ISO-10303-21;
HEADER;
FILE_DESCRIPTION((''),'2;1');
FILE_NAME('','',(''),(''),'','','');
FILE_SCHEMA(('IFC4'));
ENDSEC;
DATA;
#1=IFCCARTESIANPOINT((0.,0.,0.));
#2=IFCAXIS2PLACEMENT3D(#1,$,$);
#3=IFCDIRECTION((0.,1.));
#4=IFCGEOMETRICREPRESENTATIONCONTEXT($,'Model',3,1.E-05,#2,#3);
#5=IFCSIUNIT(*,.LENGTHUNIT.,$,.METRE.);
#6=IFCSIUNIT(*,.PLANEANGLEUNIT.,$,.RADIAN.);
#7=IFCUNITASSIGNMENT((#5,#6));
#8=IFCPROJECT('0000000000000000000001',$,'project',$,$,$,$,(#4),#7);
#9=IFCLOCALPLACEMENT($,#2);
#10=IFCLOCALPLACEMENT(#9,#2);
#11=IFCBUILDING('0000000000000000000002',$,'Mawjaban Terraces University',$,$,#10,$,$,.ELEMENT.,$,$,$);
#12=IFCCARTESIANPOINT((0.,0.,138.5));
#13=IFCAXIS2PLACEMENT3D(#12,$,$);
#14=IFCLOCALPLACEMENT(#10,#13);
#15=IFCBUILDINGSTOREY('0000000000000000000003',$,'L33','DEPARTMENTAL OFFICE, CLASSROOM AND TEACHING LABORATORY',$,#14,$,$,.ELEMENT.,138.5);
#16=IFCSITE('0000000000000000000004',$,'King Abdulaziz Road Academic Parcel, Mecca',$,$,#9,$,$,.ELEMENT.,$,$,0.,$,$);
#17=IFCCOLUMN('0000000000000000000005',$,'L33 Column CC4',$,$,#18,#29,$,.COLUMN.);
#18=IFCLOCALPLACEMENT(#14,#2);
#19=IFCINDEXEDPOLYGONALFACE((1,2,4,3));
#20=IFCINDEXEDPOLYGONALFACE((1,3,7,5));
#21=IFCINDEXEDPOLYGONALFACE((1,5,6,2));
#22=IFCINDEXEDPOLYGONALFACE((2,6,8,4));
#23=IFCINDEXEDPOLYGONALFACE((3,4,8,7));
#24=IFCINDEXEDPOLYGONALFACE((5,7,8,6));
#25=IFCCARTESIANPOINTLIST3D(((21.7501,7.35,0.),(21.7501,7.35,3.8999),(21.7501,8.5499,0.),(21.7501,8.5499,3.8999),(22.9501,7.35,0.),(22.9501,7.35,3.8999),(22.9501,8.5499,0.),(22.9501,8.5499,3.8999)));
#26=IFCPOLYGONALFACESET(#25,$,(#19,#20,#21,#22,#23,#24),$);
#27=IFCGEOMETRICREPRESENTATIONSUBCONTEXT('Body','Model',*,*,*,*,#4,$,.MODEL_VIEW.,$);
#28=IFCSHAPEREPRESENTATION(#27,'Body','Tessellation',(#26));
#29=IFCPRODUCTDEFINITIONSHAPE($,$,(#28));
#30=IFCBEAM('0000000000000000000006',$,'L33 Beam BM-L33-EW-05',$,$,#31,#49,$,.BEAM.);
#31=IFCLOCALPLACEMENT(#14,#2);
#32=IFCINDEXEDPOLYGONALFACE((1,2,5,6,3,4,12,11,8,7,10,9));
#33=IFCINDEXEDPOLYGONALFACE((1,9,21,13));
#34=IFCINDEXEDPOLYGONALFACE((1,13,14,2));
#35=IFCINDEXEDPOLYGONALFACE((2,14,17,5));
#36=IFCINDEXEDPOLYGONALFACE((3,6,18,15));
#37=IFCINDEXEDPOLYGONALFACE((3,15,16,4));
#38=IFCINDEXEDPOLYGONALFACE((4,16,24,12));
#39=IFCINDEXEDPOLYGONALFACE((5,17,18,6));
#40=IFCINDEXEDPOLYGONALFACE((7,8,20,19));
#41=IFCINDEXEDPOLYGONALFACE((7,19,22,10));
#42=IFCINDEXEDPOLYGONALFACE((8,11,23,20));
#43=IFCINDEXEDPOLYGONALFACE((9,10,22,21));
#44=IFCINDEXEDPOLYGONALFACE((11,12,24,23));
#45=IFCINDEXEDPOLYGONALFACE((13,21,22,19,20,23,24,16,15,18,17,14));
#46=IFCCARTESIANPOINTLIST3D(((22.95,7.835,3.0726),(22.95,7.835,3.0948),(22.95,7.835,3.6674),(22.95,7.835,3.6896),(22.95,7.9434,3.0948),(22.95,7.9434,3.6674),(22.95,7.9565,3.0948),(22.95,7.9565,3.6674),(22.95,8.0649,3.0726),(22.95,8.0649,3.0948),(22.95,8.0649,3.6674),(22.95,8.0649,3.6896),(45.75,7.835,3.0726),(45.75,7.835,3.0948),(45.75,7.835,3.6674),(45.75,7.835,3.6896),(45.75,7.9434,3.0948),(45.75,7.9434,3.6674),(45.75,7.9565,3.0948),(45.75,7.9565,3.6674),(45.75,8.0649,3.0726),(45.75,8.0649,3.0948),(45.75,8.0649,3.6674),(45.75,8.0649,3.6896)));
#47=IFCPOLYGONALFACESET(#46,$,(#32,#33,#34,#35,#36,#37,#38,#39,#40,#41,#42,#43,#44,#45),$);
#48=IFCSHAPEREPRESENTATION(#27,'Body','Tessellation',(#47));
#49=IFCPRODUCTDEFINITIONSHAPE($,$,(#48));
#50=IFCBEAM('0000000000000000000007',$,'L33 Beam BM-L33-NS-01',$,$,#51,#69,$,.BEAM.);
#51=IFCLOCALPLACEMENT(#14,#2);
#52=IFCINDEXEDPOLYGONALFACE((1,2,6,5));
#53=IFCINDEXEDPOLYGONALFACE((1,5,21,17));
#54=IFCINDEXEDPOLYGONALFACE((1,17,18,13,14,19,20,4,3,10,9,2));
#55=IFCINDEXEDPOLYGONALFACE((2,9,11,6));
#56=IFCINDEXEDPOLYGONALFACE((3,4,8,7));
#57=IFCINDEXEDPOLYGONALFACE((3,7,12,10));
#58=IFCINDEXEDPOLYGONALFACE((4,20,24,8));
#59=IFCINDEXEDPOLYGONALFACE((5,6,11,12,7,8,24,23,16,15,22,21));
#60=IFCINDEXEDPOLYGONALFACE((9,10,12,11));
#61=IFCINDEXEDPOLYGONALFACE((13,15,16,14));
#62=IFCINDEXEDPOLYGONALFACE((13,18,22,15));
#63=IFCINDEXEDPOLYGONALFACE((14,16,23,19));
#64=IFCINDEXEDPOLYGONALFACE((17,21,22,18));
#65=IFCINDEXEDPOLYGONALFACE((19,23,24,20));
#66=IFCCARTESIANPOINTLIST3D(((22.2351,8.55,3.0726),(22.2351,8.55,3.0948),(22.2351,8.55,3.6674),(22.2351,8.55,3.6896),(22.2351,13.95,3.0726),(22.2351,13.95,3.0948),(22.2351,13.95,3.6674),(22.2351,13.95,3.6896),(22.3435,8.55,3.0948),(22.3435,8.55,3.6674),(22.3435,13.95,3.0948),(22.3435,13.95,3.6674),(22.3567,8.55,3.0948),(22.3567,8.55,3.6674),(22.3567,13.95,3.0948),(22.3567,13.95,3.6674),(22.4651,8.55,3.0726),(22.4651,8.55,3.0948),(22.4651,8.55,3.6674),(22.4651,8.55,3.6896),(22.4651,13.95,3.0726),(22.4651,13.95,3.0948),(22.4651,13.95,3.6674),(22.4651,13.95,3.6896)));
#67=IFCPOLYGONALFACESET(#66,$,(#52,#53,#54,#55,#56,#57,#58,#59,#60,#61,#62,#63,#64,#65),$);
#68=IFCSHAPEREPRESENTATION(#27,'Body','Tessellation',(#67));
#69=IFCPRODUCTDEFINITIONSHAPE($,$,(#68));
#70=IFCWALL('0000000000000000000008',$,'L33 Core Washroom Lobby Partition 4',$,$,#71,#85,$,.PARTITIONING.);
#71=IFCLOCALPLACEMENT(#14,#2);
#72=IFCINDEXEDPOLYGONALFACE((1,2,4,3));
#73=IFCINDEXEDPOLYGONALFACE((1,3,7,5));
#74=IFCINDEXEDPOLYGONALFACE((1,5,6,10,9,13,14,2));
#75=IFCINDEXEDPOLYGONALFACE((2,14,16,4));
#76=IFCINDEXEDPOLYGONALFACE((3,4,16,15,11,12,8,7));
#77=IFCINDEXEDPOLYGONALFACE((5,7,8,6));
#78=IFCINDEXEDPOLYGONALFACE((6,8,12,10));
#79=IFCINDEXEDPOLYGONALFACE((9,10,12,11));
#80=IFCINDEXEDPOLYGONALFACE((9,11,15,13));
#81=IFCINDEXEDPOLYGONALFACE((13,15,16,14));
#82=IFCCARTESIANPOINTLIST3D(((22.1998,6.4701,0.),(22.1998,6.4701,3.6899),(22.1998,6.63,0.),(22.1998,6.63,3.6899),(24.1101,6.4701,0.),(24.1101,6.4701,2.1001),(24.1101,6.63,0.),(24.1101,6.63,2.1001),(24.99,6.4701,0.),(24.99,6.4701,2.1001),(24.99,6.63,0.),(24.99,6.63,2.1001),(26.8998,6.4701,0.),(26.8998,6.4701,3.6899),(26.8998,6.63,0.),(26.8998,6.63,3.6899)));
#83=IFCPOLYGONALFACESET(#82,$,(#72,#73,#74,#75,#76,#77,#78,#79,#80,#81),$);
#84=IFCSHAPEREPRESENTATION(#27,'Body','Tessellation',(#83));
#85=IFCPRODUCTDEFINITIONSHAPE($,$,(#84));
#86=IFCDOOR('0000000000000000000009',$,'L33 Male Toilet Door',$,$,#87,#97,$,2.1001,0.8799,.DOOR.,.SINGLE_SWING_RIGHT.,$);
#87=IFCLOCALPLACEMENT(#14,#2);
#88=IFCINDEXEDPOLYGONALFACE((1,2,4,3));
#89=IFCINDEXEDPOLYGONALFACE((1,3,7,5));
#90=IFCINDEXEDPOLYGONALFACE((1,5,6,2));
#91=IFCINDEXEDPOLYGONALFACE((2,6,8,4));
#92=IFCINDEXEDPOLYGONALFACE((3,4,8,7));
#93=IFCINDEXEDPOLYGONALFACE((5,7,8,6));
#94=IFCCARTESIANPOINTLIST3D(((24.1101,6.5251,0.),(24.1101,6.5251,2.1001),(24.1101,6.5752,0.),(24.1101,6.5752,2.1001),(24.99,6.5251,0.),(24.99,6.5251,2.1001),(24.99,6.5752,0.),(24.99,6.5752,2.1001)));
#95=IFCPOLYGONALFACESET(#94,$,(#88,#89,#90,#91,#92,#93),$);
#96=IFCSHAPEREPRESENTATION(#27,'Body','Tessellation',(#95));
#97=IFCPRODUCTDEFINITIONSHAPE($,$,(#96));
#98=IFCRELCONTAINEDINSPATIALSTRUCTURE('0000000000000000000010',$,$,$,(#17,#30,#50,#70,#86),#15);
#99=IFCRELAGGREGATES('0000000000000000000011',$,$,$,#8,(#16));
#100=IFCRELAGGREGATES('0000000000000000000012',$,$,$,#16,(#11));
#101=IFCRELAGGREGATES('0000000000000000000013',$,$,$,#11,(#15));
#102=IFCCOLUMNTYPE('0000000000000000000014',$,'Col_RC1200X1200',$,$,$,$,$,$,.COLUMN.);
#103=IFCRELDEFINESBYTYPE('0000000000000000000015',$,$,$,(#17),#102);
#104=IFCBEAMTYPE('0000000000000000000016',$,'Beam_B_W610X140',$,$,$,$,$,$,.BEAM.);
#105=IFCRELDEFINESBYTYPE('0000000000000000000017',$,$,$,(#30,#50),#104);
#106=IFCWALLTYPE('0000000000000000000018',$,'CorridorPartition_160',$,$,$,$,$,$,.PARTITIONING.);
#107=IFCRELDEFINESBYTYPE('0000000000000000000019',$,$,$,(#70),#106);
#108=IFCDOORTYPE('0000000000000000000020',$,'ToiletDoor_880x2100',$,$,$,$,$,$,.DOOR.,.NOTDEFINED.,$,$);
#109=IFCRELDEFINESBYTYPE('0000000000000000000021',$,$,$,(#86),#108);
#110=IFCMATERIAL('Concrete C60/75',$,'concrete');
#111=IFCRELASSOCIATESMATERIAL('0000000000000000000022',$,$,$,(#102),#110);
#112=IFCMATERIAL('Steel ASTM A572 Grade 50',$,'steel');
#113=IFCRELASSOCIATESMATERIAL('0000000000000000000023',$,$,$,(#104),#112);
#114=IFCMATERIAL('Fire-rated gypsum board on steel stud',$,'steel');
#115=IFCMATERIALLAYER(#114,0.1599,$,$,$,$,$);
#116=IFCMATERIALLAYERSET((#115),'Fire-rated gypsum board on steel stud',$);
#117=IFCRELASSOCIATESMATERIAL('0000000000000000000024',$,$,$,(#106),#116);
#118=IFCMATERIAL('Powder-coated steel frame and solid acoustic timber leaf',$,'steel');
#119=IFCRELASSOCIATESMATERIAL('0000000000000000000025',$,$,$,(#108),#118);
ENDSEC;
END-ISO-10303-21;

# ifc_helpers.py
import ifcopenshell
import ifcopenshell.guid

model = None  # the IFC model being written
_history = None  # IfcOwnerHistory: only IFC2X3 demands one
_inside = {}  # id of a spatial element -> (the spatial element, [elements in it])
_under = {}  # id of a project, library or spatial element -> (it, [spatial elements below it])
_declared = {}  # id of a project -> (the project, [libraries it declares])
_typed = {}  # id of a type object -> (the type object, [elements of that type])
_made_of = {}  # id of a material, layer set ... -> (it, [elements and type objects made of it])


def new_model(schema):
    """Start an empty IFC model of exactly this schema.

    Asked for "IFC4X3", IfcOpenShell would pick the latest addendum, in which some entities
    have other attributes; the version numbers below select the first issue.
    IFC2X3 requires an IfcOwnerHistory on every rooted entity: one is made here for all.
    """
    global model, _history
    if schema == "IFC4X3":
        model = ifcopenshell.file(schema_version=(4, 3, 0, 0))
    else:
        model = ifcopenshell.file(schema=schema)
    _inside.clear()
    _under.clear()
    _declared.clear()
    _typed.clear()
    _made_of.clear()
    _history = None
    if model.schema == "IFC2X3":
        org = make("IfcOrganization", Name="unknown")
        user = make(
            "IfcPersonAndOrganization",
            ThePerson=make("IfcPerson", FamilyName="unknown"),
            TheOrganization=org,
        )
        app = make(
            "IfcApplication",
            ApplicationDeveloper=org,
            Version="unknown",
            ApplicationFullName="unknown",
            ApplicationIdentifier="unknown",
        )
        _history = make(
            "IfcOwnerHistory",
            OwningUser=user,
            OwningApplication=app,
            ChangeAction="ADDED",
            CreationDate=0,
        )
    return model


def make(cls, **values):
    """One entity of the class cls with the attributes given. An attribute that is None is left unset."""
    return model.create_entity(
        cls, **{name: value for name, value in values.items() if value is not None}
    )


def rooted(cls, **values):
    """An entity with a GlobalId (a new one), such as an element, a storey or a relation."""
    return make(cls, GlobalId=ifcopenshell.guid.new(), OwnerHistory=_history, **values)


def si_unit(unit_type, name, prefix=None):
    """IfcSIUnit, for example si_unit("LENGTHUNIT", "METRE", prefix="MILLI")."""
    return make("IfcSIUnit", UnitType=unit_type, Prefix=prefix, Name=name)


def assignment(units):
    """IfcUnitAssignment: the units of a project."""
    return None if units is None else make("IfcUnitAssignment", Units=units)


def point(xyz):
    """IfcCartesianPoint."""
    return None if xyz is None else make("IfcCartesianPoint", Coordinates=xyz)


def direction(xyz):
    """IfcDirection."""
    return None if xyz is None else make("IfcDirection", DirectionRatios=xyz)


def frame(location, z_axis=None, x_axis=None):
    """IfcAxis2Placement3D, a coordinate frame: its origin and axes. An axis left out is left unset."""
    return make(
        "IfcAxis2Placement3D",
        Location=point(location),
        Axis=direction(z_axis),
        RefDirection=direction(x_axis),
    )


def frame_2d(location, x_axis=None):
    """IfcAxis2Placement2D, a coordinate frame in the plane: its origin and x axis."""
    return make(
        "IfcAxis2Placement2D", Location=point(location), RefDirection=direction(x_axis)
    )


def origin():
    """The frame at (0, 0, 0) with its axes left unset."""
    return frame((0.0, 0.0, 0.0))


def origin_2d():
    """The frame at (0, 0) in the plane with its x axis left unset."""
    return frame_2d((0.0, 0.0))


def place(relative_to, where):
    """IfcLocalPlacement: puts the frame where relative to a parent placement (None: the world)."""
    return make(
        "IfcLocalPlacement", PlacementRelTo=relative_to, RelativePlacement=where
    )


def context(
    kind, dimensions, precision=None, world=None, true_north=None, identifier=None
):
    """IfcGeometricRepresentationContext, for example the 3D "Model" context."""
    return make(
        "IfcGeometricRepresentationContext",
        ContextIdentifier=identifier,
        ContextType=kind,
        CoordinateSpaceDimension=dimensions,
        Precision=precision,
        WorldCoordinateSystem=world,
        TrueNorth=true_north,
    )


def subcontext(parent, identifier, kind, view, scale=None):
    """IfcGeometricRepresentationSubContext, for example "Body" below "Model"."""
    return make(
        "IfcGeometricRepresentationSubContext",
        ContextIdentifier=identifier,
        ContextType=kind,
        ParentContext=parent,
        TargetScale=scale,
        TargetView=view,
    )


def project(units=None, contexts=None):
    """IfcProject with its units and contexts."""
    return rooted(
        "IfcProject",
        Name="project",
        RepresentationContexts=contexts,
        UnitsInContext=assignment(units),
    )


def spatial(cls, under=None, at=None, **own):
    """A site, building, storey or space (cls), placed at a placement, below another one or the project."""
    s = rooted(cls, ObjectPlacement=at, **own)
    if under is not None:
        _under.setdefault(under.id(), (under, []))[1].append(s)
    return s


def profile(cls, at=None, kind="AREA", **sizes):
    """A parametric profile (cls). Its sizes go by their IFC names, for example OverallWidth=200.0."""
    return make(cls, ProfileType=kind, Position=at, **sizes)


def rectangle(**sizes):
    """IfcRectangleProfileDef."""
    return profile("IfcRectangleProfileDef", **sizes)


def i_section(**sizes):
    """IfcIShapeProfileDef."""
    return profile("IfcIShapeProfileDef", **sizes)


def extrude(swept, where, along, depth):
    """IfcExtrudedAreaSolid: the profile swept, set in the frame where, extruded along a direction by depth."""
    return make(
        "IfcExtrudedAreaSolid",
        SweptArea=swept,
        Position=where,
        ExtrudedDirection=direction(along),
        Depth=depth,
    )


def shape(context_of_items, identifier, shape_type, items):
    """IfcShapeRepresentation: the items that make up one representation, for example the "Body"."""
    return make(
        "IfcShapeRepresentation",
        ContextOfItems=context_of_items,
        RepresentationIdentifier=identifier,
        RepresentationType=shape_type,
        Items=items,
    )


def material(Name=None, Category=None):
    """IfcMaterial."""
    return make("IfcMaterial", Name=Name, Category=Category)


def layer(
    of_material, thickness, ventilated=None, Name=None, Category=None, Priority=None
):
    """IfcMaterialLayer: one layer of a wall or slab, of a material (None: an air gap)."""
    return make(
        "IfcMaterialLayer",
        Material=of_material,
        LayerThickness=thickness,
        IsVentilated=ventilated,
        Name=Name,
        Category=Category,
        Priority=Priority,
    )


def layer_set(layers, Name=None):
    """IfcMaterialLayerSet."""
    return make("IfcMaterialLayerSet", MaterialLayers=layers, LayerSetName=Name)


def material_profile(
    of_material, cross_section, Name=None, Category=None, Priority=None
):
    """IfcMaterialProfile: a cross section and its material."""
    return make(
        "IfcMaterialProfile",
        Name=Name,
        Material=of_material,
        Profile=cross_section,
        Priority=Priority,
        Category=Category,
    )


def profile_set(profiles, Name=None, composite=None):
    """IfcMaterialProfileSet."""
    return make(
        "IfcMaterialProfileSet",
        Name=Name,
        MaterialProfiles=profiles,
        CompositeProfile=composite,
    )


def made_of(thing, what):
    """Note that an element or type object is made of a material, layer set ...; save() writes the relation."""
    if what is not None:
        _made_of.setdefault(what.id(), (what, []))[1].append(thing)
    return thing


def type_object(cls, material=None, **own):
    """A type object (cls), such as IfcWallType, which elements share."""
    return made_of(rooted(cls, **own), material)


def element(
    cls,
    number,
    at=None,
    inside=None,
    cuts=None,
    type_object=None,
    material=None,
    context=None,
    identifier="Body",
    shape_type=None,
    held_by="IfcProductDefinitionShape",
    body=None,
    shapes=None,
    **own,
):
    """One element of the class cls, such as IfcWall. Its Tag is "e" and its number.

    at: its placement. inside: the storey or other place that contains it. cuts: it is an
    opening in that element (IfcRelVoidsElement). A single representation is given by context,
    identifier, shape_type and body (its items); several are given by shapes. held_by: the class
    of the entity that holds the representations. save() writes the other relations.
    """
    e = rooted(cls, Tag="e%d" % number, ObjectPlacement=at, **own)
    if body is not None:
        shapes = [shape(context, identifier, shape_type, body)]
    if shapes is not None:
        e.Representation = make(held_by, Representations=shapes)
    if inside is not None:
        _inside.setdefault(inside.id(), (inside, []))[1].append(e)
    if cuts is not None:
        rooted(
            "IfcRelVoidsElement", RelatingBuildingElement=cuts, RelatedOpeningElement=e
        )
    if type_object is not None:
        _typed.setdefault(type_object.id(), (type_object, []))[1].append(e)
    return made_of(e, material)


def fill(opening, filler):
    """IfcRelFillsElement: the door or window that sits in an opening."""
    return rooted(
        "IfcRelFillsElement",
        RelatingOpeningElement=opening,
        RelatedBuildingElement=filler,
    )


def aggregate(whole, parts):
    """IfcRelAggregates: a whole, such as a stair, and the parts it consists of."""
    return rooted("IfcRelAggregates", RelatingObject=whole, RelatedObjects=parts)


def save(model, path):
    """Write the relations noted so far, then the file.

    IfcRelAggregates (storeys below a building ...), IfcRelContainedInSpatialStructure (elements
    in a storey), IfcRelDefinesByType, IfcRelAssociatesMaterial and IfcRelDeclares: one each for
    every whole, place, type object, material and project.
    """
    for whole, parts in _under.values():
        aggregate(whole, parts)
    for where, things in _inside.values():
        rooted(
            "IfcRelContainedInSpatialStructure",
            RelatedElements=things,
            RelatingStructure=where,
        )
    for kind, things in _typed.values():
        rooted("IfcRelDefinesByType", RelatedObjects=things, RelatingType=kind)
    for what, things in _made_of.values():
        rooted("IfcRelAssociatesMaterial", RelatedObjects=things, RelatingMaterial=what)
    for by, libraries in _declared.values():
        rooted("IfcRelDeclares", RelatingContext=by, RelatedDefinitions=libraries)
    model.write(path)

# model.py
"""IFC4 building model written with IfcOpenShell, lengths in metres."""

from ifc_helpers import new_model, si_unit, direction, frame, frame_2d, origin, origin_2d, place, context, subcontext, project, spatial, rectangle, i_section, extrude, material, layer, layer_set, material_profile, profile_set, type_object, element, fill, save


model = new_model("IFC4")

# Units and contexts
model_context = context("Model", 3, precision=1e-05, world=origin(), true_north=direction((0.0, 1.0)))
body_context = subcontext(model_context, "Body", "Model", "MODEL_VIEW")
ifc_project = project(units=[si_unit("LENGTHUNIT", "METRE"), si_unit("PLANEANGLEUNIT", "RADIAN")], contexts=[model_context])

# Site, building, storey
site_placement = place(None, origin())
site = spatial("IfcSite", under=ifc_project, at=site_placement, Name="King Abdulaziz Road Academic Parcel, Mecca", CompositionType="ELEMENT", RefElevation=0.0)
building_placement = place(site_placement, origin())
building = spatial("IfcBuilding", under=site, at=building_placement, Name="Mawjaban Terraces University", CompositionType="ELEMENT")
storey_placement = place(building_placement, frame((0.0, 0.0, 138.5)))
storey = spatial("IfcBuildingStorey", under=building, at=storey_placement, Name="L33", Description="DEPARTMENTAL OFFICE, CLASSROOM AND TEACHING LABORATORY", CompositionType="ELEMENT", Elevation=138.5)

# Column
ifc_material_1 = material(Name="Concrete C60/75", Category="concrete")
ifc_material_profile_1 = material_profile(ifc_material_1, rectangle(XDim=1.2, YDim=1.2, at=origin_2d()), Name="RC1200X1200")
ifc_profile_set_1 = profile_set([ifc_material_profile_1], Name="Concrete C60/75")
column_type = type_object("IfcColumnType", Name="Col_RC1200X1200", PredefinedType="COLUMN", material=ifc_profile_set_1)
column_placement = place(storey_placement, frame((22.3501, 7.95, 0.0), z_axis=(0.0, 0.0, 1.0), x_axis=(1.0, 0.0, 0.0)))
element("IfcColumn", 1, at=column_placement, inside=storey, type_object=column_type, Name="L33 Column CC4", PredefinedType="COLUMN", context=body_context, shape_type="SweptSolid", body=[
    extrude(rectangle(XDim=1.2, YDim=1.2, at=origin_2d()), origin(), (0.0, 0.0, 1.0), 3.8999),
])

# Beams
ifc_material_2 = material(Name="Steel ASTM A572 Grade 50", Category="steel")
ifc_material_profile_2 = material_profile(ifc_material_2, i_section(OverallWidth=0.23, OverallDepth=0.6169, WebThickness=0.0132, FlangeThickness=0.0222, at=origin_2d()), Name="W610X140")
ifc_profile_set_2 = profile_set([ifc_material_profile_2], Name="Steel ASTM A572 Grade 50")
beam_type = type_object("IfcBeamType", Name="Beam_B_W610X140", PredefinedType="BEAM", material=ifc_profile_set_2)
beam_1_placement = place(storey_placement, frame((22.95, 7.95, 3.3811), z_axis=(1.0, 0.0, 0.0), x_axis=(0.0, 1.0, 0.0)))
element("IfcBeam", 2, at=beam_1_placement, inside=storey, type_object=beam_type, Name="L33 Beam BM-L33-EW-05", PredefinedType="BEAM", context=body_context, shape_type="SweptSolid", body=[
    extrude(i_section(OverallWidth=0.23, OverallDepth=0.6169, WebThickness=0.0132, FlangeThickness=0.0222, at=origin_2d()), origin(), (0.0, 0.0, 1.0), 22.8),
])
beam_2_placement = place(storey_placement, frame((22.3501, 8.55, 3.3811), z_axis=(0.0, 1.0, 0.0), x_axis=(-1.0, 0.0, 0.0)))
element("IfcBeam", 3, at=beam_2_placement, inside=storey, type_object=beam_type, Name="L33 Beam BM-L33-NS-01", PredefinedType="BEAM", context=body_context, shape_type="SweptSolid", body=[
    extrude(i_section(OverallWidth=0.23, OverallDepth=0.6169, WebThickness=0.0132, FlangeThickness=0.0222, at=origin_2d()), origin(), (0.0, 0.0, 1.0), 5.3999),
])

# Wall, opening, door
ifc_material_3 = material(Name="Fire-rated gypsum board on steel stud", Category="steel")
ifc_layer_1 = layer(ifc_material_3, 0.1599)
ifc_layer_set_1 = layer_set([ifc_layer_1], Name="Fire-rated gypsum board on steel stud")
wall_type_1 = type_object("IfcWallType", Name="CorridorPartition_160", PredefinedType="PARTITIONING", material=ifc_layer_set_1)
wall_1_placement = place(storey_placement, frame((26.8999, 6.55, 0.0), z_axis=(0.0, 0.0, 1.0), x_axis=(-1.0, 0.0, 0.0)))
wall_1 = element("IfcWall", 4, at=wall_1_placement, inside=storey, type_object=wall_type_1, Name="L33 Core Washroom Lobby Partition 4", PredefinedType="PARTITIONING", context=body_context, shape_type="SweptSolid", body=[
    extrude(rectangle(XDim=4.7, YDim=0.1599, at=frame_2d((2.3501, 0.0))), origin(), (0.0, 0.0, 1.0), 3.6899),
])
opening_1_placement = place(wall_1_placement, frame((1.9099, 0.0, 0.0)))
opening_1 = element("IfcOpeningElement", 5, at=opening_1_placement, cuts=wall_1, PredefinedType="OPENING", context=body_context, shape_type="SweptSolid", body=[
    extrude(rectangle(XDim=0.8799, YDim=2.1001, at=frame_2d((0.4399, 1.05))), frame((0.0, 0.0898, 0.0), z_axis=(0.0, -1.0, 0.0), x_axis=(1.0, 0.0, 0.0)), (0.0, 0.0, 1.0), 0.1799),
])
ifc_material_4 = material(Name="Powder-coated steel frame and solid acoustic timber leaf", Category="steel")
door_type = type_object("IfcDoorType", Name="ToiletDoor_880x2100", OperationType="NOTDEFINED", PredefinedType="DOOR", material=ifc_material_4)
door_placement = place(opening_1_placement, origin())
door = element("IfcDoor", 6, at=door_placement, inside=storey, type_object=door_type, Name="L33 Male Toilet Door", OperationType="SINGLE_SWING_RIGHT", OverallHeight=2.1001, OverallWidth=0.8799, PredefinedType="DOOR", context=body_context, shape_type="SweptSolid", body=[
    extrude(rectangle(XDim=0.8799, YDim=2.1001, at=frame_2d((0.4399, 1.05))), frame((0.0, 0.0249, 0.0), z_axis=(0.0, -1.0, 0.0), x_axis=(1.0, 0.0, 0.0)), (0.0, 0.0, 1.0), 0.05),
])
fill(opening_1, door)

save(model, "model.ifc")
